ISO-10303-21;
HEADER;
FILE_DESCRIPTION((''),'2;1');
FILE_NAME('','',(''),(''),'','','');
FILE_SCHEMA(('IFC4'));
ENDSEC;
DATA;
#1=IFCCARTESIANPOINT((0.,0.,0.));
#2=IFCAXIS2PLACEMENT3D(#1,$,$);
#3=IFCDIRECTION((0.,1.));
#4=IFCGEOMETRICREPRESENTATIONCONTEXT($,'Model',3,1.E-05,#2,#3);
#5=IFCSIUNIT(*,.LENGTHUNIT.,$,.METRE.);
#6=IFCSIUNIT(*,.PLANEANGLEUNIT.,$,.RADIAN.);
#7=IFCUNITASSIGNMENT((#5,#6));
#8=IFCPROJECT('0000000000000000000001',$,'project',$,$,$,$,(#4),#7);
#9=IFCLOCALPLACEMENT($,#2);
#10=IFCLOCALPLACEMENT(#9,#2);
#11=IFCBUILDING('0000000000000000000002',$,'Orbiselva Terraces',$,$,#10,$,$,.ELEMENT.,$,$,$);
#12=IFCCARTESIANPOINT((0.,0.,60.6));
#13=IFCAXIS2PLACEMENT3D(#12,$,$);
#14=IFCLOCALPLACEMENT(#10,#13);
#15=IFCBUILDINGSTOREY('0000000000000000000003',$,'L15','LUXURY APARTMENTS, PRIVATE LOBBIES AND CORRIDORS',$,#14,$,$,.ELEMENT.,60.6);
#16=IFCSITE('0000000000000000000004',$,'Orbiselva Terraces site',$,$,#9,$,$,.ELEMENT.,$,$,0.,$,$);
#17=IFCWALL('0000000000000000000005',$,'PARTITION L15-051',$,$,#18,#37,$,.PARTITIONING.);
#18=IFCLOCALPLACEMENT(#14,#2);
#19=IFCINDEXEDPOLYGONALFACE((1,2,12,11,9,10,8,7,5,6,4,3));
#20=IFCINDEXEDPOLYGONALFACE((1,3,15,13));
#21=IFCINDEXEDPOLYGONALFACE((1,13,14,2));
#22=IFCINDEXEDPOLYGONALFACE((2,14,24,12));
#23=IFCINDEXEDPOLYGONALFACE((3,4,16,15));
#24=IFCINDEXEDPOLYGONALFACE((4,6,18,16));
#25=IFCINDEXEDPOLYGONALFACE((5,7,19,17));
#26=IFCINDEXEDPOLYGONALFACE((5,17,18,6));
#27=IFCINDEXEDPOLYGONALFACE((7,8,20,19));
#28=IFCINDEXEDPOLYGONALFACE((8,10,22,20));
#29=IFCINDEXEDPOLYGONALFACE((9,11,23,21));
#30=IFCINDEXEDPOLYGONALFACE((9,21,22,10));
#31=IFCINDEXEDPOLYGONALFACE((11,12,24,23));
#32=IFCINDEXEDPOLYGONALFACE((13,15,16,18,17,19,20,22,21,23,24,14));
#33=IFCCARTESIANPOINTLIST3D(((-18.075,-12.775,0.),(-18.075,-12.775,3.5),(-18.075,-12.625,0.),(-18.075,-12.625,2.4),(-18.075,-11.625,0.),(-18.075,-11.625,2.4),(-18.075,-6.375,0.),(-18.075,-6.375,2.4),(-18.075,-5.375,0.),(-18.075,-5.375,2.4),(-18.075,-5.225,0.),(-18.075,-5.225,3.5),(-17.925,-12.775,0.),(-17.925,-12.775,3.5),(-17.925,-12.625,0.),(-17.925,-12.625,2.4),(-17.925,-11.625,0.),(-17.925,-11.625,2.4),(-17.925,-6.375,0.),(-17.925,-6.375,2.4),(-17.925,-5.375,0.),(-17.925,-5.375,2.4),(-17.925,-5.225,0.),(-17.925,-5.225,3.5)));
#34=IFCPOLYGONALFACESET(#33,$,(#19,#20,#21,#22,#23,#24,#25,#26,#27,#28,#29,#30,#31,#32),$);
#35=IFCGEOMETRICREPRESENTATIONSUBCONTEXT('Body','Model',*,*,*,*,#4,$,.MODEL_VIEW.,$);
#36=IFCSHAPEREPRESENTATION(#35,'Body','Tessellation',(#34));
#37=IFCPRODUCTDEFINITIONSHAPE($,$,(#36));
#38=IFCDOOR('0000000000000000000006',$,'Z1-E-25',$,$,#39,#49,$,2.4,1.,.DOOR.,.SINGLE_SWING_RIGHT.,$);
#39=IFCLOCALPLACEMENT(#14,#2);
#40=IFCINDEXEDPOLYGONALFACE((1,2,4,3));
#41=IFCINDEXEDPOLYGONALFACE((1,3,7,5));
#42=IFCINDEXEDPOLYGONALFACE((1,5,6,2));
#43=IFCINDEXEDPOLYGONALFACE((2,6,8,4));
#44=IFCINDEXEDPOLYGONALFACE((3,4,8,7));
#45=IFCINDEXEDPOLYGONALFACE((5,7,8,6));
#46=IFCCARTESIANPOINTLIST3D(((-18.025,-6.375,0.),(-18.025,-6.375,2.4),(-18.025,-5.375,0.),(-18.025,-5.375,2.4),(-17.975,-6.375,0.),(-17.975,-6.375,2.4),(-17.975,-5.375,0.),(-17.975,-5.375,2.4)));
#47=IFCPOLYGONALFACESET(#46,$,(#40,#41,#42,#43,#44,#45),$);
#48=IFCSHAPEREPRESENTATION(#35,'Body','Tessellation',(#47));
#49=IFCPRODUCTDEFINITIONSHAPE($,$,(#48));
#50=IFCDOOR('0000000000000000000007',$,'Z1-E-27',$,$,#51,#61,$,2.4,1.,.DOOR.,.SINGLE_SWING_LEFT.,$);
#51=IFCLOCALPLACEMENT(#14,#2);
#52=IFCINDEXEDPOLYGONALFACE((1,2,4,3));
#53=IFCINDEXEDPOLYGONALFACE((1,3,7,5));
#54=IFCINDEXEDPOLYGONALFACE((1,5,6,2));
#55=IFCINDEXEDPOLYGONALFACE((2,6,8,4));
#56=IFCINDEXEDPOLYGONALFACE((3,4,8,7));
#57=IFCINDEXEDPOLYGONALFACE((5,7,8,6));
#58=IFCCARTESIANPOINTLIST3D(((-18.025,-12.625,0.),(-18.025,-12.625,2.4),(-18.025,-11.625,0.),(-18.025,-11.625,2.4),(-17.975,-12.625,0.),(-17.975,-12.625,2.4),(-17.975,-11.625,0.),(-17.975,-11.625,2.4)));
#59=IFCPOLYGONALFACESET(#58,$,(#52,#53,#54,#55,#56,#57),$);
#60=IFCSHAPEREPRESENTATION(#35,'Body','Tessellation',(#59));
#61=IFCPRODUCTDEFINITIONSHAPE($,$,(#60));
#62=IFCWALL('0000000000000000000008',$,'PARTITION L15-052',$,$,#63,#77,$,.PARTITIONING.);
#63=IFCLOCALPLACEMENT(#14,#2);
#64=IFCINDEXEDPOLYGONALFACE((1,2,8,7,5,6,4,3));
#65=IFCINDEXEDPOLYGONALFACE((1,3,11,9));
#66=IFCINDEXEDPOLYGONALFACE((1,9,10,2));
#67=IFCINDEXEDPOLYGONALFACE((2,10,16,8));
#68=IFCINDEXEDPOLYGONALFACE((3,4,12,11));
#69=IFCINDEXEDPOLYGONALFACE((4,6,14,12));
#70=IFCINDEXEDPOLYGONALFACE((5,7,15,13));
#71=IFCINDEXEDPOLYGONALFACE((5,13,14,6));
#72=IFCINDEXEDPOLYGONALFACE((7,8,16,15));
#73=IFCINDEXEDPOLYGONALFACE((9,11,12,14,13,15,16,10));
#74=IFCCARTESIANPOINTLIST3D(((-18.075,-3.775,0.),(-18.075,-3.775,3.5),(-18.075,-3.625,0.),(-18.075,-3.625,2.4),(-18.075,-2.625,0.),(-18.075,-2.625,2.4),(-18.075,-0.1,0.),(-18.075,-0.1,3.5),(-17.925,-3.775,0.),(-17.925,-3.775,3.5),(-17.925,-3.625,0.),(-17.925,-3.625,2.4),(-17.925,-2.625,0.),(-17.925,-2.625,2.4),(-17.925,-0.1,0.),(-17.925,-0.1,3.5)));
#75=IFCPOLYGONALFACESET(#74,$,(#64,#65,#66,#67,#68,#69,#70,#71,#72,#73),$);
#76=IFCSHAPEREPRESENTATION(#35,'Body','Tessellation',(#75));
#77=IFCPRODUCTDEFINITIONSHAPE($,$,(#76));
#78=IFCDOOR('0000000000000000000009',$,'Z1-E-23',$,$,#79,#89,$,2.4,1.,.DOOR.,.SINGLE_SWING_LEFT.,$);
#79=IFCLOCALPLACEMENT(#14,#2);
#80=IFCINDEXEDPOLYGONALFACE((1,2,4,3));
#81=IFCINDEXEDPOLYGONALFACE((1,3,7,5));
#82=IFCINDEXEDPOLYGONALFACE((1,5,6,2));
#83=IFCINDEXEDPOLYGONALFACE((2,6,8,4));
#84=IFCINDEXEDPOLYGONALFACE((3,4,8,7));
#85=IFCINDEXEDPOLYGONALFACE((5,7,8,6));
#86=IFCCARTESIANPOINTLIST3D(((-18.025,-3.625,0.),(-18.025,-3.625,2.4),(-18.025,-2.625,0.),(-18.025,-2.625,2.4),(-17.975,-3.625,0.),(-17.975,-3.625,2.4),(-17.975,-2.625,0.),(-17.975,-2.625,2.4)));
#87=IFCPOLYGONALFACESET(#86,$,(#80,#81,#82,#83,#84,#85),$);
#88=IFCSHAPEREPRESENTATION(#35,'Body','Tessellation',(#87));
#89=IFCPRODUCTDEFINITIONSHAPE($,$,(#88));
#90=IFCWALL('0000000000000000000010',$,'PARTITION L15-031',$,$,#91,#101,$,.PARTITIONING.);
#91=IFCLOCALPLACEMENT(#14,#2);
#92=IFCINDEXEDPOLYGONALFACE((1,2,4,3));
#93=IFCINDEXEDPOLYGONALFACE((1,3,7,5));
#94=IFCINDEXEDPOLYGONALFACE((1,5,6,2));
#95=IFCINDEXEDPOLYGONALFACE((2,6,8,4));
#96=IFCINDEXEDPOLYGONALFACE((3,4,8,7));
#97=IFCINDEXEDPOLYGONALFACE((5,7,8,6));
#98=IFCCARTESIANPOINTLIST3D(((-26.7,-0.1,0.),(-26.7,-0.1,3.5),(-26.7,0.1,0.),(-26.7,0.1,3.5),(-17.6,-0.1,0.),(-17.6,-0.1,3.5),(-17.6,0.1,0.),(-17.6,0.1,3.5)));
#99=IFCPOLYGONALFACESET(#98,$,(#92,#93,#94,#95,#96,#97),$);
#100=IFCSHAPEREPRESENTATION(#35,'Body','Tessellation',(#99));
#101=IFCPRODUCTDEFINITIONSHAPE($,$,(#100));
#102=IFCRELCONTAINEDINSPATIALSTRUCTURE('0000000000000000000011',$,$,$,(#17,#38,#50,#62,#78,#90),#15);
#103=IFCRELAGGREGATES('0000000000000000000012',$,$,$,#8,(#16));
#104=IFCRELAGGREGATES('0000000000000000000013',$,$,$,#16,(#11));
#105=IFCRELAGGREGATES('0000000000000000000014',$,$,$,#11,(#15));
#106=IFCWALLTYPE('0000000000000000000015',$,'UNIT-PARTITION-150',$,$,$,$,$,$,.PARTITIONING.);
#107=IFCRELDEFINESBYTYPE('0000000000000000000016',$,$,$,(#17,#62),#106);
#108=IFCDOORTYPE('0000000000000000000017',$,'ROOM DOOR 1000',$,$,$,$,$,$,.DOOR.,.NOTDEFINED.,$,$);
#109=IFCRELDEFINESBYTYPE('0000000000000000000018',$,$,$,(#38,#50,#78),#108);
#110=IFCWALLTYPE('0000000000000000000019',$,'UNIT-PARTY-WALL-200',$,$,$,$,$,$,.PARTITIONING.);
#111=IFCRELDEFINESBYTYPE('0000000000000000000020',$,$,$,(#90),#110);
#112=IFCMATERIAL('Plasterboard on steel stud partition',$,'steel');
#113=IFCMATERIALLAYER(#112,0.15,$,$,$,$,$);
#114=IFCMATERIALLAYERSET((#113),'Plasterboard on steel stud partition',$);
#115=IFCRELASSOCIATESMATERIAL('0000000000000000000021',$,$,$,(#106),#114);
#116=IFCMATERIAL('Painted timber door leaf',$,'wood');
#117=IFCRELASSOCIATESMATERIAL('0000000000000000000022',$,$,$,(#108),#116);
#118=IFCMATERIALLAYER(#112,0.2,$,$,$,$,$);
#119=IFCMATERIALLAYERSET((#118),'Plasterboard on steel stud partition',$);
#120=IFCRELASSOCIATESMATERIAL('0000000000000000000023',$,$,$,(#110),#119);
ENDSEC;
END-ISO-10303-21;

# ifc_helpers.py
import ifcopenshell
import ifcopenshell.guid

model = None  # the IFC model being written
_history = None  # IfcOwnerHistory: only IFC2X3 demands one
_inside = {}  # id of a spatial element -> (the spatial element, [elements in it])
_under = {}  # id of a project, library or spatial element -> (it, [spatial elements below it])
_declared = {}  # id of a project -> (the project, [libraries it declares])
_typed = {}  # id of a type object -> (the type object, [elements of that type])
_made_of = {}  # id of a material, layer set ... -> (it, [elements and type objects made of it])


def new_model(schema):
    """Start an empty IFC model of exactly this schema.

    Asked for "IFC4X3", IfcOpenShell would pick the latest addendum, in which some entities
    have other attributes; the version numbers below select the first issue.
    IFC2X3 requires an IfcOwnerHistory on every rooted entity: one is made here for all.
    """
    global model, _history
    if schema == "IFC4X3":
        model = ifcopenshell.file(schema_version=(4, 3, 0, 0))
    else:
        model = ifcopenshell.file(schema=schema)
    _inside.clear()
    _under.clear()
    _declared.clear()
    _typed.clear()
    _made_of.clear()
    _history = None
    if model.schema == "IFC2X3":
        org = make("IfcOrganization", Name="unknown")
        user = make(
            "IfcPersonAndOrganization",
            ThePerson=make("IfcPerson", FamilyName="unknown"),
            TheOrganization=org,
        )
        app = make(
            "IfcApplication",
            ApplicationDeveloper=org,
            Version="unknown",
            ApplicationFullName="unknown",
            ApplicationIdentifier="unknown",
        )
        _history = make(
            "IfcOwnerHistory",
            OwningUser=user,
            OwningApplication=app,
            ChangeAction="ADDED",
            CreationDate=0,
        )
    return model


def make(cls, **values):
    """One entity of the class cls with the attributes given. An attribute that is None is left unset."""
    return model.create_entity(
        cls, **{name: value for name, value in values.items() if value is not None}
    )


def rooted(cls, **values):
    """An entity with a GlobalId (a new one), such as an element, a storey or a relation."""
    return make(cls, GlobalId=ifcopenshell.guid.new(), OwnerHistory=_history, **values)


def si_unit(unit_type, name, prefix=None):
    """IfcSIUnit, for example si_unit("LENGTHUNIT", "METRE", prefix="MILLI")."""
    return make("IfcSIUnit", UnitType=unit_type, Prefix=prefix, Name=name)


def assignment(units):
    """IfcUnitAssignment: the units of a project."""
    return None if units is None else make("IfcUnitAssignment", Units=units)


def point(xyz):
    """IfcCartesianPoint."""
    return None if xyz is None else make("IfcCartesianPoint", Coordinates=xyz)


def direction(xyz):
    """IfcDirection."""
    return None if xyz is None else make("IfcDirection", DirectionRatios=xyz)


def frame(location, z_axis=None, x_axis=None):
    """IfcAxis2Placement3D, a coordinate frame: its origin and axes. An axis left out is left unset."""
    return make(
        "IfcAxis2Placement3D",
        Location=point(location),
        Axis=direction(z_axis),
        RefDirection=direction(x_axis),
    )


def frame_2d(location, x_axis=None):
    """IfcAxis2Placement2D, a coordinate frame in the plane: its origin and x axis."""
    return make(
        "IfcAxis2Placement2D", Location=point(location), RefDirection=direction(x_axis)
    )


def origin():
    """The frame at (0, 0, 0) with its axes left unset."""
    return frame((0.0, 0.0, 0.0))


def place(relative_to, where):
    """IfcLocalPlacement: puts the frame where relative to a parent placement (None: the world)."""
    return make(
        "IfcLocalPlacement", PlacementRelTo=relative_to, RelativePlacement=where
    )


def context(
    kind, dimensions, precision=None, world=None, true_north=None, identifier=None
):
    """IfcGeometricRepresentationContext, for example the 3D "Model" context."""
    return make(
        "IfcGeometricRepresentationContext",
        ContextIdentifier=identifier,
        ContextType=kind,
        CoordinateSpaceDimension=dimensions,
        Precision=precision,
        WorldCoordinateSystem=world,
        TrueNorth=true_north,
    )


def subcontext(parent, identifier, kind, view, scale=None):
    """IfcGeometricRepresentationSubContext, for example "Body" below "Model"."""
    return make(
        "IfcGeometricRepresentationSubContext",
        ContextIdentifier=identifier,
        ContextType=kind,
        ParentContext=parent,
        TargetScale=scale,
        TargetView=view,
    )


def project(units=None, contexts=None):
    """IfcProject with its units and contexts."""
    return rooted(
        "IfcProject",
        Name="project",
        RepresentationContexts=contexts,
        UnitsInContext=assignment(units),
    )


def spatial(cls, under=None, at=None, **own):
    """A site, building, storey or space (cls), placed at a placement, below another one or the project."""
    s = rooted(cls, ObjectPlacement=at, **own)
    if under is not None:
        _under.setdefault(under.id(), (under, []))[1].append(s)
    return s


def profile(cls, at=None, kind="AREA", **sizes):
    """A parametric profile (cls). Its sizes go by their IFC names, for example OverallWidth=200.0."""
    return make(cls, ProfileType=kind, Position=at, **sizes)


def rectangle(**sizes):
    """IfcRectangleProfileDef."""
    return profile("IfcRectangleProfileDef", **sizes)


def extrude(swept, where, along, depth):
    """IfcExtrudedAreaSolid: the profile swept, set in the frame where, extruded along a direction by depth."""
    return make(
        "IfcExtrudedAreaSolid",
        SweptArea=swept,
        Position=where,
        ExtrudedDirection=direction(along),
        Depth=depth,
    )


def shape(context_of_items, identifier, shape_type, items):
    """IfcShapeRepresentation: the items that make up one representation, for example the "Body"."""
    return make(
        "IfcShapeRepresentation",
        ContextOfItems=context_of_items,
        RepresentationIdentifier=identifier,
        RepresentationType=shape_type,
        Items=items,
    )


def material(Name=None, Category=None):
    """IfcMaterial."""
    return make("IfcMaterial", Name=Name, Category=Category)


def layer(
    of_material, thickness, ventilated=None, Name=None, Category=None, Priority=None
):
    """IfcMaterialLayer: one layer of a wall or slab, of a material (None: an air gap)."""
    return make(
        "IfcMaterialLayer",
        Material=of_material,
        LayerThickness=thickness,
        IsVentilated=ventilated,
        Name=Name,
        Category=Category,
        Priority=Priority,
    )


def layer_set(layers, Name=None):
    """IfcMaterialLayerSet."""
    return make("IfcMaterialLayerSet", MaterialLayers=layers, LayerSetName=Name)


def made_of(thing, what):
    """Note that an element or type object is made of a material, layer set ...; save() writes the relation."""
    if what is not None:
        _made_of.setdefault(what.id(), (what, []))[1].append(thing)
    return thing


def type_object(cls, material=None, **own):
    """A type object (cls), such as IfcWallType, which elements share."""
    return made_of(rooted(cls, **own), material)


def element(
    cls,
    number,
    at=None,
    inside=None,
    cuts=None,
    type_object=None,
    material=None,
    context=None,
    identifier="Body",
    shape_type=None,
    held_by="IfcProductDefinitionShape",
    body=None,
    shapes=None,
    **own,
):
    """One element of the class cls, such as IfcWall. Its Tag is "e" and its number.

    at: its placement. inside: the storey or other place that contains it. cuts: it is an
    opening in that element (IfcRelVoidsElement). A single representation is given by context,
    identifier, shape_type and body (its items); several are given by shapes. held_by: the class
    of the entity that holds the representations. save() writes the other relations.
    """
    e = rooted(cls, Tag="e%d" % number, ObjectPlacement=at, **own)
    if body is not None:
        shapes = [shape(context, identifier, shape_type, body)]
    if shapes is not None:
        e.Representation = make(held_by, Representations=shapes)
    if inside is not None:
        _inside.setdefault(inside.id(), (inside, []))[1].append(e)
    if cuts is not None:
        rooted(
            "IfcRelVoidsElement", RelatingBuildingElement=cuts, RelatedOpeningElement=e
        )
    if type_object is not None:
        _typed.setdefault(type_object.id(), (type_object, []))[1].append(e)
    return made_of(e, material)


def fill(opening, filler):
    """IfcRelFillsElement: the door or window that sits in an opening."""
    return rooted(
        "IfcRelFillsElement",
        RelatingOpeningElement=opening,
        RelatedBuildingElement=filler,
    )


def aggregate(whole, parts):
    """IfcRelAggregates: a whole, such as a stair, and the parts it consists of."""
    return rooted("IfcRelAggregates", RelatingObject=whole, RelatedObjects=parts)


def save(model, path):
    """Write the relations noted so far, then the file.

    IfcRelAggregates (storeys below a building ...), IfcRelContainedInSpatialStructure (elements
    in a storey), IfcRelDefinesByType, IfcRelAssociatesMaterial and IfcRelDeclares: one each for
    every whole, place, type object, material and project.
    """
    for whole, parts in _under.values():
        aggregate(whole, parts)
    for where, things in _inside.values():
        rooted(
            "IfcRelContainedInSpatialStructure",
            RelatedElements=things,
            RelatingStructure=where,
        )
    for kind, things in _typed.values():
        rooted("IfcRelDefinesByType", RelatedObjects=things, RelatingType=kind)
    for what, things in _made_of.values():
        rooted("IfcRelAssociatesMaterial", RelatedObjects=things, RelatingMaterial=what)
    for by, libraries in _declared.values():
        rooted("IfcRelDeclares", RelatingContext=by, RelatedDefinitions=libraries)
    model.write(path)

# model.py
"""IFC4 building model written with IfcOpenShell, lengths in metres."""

from ifc_helpers import new_model, si_unit, direction, frame, frame_2d, origin, place, context, subcontext, project, spatial, rectangle, extrude, material, layer, layer_set, type_object, element, fill, save


model = new_model("IFC4")

# Units and contexts
model_context = context("Model", 3, precision=1e-05, world=origin(), true_north=direction((0.0, 1.0)))
body_context = subcontext(model_context, "Body", "Model", "MODEL_VIEW")
ifc_project = project(units=[si_unit("LENGTHUNIT", "METRE"), si_unit("PLANEANGLEUNIT", "RADIAN")], contexts=[model_context])

# Site, building, storey
site_placement = place(None, origin())
site = spatial("IfcSite", under=ifc_project, at=site_placement, Name="Orbiselva Terraces site", CompositionType="ELEMENT", RefElevation=0.0)
building_placement = place(site_placement, origin())
building = spatial("IfcBuilding", under=site, at=building_placement, Name="Orbiselva Terraces", CompositionType="ELEMENT")
storey_placement = place(building_placement, frame((0.0, 0.0, 60.6)))
storey = spatial("IfcBuildingStorey", under=building, at=storey_placement, Name="L15", Description="LUXURY APARTMENTS, PRIVATE LOBBIES AND CORRIDORS", CompositionType="ELEMENT", Elevation=60.6)

# Shared definitions
ifc_material_1 = material(Name="Plasterboard on steel stud partition", Category="steel")
ifc_layer_1 = layer(ifc_material_1, 0.15)
ifc_layer_set_1 = layer_set([ifc_layer_1], Name="Plasterboard on steel stud partition")
wall_type_1 = type_object("IfcWallType", Name="UNIT-PARTITION-150", PredefinedType="PARTITIONING", material=ifc_layer_set_1)

# Shared definitions
ifc_material_2 = material(Name="Painted timber door leaf", Category="wood")

# Wall, openings, doors
wall_1_placement = place(storey_placement, frame((-18.0, -12.775, 0.0), z_axis=(0.0, 0.0, 1.0), x_axis=(0.0, 1.0, 0.0)))
wall_1 = element("IfcWall", 1, at=wall_1_placement, inside=storey, type_object=wall_type_1, Name="PARTITION L15-051", PredefinedType="PARTITIONING", context=body_context, shape_type="SweptSolid", body=[
    extrude(rectangle(XDim=7.55, YDim=0.15, at=frame_2d((3.775, 0.0))), origin(), (0.0, 0.0, 1.0), 3.5),
])
opening_1_placement = place(wall_1_placement, frame((6.4, 0.0, 0.0)))
opening_1 = element("IfcOpeningElement", 2, at=opening_1_placement, cuts=wall_1, PredefinedType="OPENING", context=body_context, shape_type="SweptSolid", body=[
    extrude(rectangle(XDim=1.0, YDim=2.4, at=frame_2d((0.5, 1.2))), frame((0.0, 0.085, 0.0), z_axis=(0.0, -1.0, 0.0), x_axis=(1.0, 0.0, 0.0)), (0.0, 0.0, 1.0), 0.17),
])
opening_2_placement = place(wall_1_placement, frame((0.15, 0.0, 0.0)))
opening_2 = element("IfcOpeningElement", 3, at=opening_2_placement, cuts=wall_1, PredefinedType="OPENING", context=body_context, shape_type="SweptSolid", body=[
    extrude(rectangle(XDim=1.0, YDim=2.4, at=frame_2d((0.5, 1.2))), frame((0.0, 0.085, 0.0), z_axis=(0.0, -1.0, 0.0), x_axis=(1.0, 0.0, 0.0)), (0.0, 0.0, 1.0), 0.17),
])
door_type_1 = type_object("IfcDoorType", Name="ROOM DOOR 1000", OperationType="NOTDEFINED", PredefinedType="DOOR", material=ifc_material_2)
door_1_placement = place(opening_1_placement, origin())
door_1 = element("IfcDoor", 4, at=door_1_placement, inside=storey, type_object=door_type_1, Name="Z1-E-25", OperationType="SINGLE_SWING_RIGHT", OverallHeight=2.4, OverallWidth=1.0, PredefinedType="DOOR", context=body_context, shape_type="SweptSolid", body=[
    extrude(rectangle(XDim=1.0, YDim=2.4, at=frame_2d((0.5, 1.2))), frame((0.0, 0.025, 0.0), z_axis=(0.0, -1.0, 0.0), x_axis=(1.0, 0.0, 0.0)), (0.0, 0.0, 1.0), 0.05),
])
fill(opening_1, door_1)
door_2_placement = place(opening_2_placement, origin())
door_2 = element("IfcDoor", 5, at=door_2_placement, inside=storey, type_object=door_type_1, Name="Z1-E-27", OperationType="SINGLE_SWING_LEFT", OverallHeight=2.4, OverallWidth=1.0, PredefinedType="DOOR", context=body_context, shape_type="SweptSolid", body=[
    extrude(rectangle(XDim=1.0, YDim=2.4, at=frame_2d((0.5, 1.2))), frame((0.0, 0.025, 0.0), z_axis=(0.0, -1.0, 0.0), x_axis=(1.0, 0.0, 0.0)), (0.0, 0.0, 1.0), 0.05),
])
fill(opening_2, door_2)

# Wall, opening, door
wall_2_placement = place(storey_placement, frame((-18.0, -3.775, 0.0), z_axis=(0.0, 0.0, 1.0), x_axis=(0.0, 1.0, 0.0)))
wall_2 = element("IfcWall", 6, at=wall_2_placement, inside=storey, type_object=wall_type_1, Name="PARTITION L15-052", PredefinedType="PARTITIONING", context=body_context, shape_type="SweptSolid", body=[
    extrude(rectangle(XDim=3.675, YDim=0.15, at=frame_2d((1.8375, 0.0))), origin(), (0.0, 0.0, 1.0), 3.5),
])
opening_3_placement = place(wall_2_placement, frame((0.15, 0.0, 0.0)))
opening_3 = element("IfcOpeningElement", 7, at=opening_3_placement, cuts=wall_2, PredefinedType="OPENING", context=body_context, shape_type="SweptSolid", body=[
    extrude(rectangle(XDim=1.0, YDim=2.4, at=frame_2d((0.5, 1.2))), frame((0.0, 0.085, 0.0), z_axis=(0.0, -1.0, 0.0), x_axis=(1.0, 0.0, 0.0)), (0.0, 0.0, 1.0), 0.17),
])
door_3_placement = place(opening_3_placement, origin())
door_3 = element("IfcDoor", 8, at=door_3_placement, inside=storey, type_object=door_type_1, Name="Z1-E-23", OperationType="SINGLE_SWING_LEFT", OverallHeight=2.4, OverallWidth=1.0, PredefinedType="DOOR", context=body_context, shape_type="SweptSolid", body=[
    extrude(rectangle(XDim=1.0, YDim=2.4, at=frame_2d((0.5, 1.2))), frame((0.0, 0.025, 0.0), z_axis=(0.0, -1.0, 0.0), x_axis=(1.0, 0.0, 0.0)), (0.0, 0.0, 1.0), 0.05),
])
fill(opening_3, door_3)

# Wall
ifc_layer_2 = layer(ifc_material_1, 0.2)
ifc_layer_set_2 = layer_set([ifc_layer_2], Name="Plasterboard on steel stud partition")
wall_type_2 = type_object("IfcWallType", Name="UNIT-PARTY-WALL-200", PredefinedType="PARTITIONING", material=ifc_layer_set_2)
wall_3_placement = place(storey_placement, frame((-26.7, 0.0, 0.0), z_axis=(0.0, 0.0, 1.0), x_axis=(1.0, 0.0, 0.0)))
element("IfcWall", 9, at=wall_3_placement, inside=storey, type_object=wall_type_2, Name="PARTITION L15-031", PredefinedType="PARTITIONING", context=body_context, shape_type="SweptSolid", body=[
    extrude(rectangle(XDim=9.1, YDim=0.2, at=frame_2d((4.55, 0.0))), origin(), (0.0, 0.0, 1.0), 3.5),
])

save(model, "model.ifc")
